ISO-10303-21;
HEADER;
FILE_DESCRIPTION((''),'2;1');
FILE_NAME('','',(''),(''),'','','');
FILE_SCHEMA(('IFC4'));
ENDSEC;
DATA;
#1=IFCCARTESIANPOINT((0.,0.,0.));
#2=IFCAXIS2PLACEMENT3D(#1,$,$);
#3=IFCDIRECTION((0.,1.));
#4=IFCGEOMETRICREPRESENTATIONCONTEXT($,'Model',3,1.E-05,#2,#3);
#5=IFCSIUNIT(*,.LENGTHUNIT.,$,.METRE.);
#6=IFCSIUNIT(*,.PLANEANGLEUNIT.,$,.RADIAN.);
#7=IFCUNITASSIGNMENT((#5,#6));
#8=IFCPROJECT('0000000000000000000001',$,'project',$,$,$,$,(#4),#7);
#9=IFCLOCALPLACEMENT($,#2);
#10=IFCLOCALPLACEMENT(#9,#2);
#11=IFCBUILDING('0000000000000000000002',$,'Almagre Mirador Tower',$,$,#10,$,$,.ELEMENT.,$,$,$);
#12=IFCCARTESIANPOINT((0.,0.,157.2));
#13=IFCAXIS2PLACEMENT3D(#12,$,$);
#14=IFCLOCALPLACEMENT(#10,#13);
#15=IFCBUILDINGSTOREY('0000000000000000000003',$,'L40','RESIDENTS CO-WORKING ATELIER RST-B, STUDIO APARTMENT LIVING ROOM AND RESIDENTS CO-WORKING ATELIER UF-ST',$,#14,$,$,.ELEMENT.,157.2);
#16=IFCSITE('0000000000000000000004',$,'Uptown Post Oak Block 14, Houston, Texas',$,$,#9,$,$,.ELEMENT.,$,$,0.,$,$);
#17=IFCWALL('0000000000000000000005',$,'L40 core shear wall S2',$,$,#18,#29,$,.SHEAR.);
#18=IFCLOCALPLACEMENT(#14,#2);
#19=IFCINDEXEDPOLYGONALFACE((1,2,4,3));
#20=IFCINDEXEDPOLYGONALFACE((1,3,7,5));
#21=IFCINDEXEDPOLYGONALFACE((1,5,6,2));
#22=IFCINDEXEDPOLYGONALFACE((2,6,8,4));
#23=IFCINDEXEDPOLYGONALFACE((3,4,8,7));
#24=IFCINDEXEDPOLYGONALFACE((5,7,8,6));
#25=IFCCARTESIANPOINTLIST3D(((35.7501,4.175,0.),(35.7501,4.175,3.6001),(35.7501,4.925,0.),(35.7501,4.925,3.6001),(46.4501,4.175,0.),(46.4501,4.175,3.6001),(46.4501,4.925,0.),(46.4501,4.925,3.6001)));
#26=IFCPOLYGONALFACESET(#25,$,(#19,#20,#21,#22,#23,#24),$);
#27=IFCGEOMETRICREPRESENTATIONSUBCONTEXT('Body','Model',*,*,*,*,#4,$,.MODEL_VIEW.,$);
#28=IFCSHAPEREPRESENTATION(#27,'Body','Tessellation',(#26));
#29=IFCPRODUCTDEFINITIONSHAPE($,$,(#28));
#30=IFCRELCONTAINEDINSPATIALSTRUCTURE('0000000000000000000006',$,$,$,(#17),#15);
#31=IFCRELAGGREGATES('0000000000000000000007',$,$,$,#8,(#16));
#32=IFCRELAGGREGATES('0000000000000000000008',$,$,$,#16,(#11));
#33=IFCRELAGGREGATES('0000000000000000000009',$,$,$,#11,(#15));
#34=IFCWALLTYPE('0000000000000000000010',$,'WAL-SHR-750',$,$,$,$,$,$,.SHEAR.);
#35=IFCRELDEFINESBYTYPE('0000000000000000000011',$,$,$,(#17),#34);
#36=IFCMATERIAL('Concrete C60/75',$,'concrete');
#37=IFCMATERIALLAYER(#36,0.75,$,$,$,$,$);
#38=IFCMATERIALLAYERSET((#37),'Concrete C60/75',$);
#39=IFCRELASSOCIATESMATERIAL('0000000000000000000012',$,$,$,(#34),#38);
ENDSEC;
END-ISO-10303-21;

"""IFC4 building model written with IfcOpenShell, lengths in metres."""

from ifc_helpers import new_model, si_unit, direction, frame, frame_2d, origin, place, context, subcontext, project, spatial, rectangle, extrude, material, layer, layer_set, type_object, element, save


model = new_model("IFC4")

# Units and contexts
model_context = context("Model", 3, precision=1e-05, world=origin(), true_north=direction((0.0, 1.0)))
body_context = subcontext(model_context, "Body", "Model", "MODEL_VIEW")
ifc_project = project(units=[si_unit("LENGTHUNIT", "METRE"), si_unit("PLANEANGLEUNIT", "RADIAN")], contexts=[model_context])

# Site, building, storey
site_placement = place(None, origin())
site = spatial("IfcSite", under=ifc_project, at=site_placement, Name="Uptown Post Oak Block 14, Houston, Texas", CompositionType="ELEMENT", RefElevation=0.0)
building_placement = place(site_placement, origin())
building = spatial("IfcBuilding", under=site, at=building_placement, Name="Almagre Mirador Tower", CompositionType="ELEMENT")
storey_placement = place(building_placement, frame((0.0, 0.0, 157.2)))
storey = spatial("IfcBuildingStorey", under=building, at=storey_placement, Name="L40", Description="RESIDENTS CO-WORKING ATELIER RST-B, STUDIO APARTMENT LIVING ROOM AND RESIDENTS CO-WORKING ATELIER UF-ST", CompositionType="ELEMENT", Elevation=157.2)

# Wall
ifc_material_1 = material(Name="Concrete C60/75", Category="concrete")
ifc_layer_1 = layer(ifc_material_1, 0.75)
ifc_layer_set_1 = layer_set([ifc_layer_1], Name="Concrete C60/75")
wall_type_1 = type_object("IfcWallType", Name="WAL-SHR-750", PredefinedType="SHEAR", material=ifc_layer_set_1)
wall_1_placement = place(storey_placement, frame((35.75, 4.55, 0.0), z_axis=(0.0, 0.0, 1.0), x_axis=(1.0, 0.0, 0.0)))
element("IfcWall", 1, at=wall_1_placement, inside=storey, type_object=wall_type_1, Name="L40 core shear wall S2", PredefinedType="SHEAR", context=body_context, shape_type="SweptSolid", body=[
    extrude(rectangle(XDim=10.7, YDim=0.75, at=frame_2d((5.3501, 0.0))), origin(), (0.0, 0.0, 1.0), 3.6001),
])

save(model, "model.ifc")
